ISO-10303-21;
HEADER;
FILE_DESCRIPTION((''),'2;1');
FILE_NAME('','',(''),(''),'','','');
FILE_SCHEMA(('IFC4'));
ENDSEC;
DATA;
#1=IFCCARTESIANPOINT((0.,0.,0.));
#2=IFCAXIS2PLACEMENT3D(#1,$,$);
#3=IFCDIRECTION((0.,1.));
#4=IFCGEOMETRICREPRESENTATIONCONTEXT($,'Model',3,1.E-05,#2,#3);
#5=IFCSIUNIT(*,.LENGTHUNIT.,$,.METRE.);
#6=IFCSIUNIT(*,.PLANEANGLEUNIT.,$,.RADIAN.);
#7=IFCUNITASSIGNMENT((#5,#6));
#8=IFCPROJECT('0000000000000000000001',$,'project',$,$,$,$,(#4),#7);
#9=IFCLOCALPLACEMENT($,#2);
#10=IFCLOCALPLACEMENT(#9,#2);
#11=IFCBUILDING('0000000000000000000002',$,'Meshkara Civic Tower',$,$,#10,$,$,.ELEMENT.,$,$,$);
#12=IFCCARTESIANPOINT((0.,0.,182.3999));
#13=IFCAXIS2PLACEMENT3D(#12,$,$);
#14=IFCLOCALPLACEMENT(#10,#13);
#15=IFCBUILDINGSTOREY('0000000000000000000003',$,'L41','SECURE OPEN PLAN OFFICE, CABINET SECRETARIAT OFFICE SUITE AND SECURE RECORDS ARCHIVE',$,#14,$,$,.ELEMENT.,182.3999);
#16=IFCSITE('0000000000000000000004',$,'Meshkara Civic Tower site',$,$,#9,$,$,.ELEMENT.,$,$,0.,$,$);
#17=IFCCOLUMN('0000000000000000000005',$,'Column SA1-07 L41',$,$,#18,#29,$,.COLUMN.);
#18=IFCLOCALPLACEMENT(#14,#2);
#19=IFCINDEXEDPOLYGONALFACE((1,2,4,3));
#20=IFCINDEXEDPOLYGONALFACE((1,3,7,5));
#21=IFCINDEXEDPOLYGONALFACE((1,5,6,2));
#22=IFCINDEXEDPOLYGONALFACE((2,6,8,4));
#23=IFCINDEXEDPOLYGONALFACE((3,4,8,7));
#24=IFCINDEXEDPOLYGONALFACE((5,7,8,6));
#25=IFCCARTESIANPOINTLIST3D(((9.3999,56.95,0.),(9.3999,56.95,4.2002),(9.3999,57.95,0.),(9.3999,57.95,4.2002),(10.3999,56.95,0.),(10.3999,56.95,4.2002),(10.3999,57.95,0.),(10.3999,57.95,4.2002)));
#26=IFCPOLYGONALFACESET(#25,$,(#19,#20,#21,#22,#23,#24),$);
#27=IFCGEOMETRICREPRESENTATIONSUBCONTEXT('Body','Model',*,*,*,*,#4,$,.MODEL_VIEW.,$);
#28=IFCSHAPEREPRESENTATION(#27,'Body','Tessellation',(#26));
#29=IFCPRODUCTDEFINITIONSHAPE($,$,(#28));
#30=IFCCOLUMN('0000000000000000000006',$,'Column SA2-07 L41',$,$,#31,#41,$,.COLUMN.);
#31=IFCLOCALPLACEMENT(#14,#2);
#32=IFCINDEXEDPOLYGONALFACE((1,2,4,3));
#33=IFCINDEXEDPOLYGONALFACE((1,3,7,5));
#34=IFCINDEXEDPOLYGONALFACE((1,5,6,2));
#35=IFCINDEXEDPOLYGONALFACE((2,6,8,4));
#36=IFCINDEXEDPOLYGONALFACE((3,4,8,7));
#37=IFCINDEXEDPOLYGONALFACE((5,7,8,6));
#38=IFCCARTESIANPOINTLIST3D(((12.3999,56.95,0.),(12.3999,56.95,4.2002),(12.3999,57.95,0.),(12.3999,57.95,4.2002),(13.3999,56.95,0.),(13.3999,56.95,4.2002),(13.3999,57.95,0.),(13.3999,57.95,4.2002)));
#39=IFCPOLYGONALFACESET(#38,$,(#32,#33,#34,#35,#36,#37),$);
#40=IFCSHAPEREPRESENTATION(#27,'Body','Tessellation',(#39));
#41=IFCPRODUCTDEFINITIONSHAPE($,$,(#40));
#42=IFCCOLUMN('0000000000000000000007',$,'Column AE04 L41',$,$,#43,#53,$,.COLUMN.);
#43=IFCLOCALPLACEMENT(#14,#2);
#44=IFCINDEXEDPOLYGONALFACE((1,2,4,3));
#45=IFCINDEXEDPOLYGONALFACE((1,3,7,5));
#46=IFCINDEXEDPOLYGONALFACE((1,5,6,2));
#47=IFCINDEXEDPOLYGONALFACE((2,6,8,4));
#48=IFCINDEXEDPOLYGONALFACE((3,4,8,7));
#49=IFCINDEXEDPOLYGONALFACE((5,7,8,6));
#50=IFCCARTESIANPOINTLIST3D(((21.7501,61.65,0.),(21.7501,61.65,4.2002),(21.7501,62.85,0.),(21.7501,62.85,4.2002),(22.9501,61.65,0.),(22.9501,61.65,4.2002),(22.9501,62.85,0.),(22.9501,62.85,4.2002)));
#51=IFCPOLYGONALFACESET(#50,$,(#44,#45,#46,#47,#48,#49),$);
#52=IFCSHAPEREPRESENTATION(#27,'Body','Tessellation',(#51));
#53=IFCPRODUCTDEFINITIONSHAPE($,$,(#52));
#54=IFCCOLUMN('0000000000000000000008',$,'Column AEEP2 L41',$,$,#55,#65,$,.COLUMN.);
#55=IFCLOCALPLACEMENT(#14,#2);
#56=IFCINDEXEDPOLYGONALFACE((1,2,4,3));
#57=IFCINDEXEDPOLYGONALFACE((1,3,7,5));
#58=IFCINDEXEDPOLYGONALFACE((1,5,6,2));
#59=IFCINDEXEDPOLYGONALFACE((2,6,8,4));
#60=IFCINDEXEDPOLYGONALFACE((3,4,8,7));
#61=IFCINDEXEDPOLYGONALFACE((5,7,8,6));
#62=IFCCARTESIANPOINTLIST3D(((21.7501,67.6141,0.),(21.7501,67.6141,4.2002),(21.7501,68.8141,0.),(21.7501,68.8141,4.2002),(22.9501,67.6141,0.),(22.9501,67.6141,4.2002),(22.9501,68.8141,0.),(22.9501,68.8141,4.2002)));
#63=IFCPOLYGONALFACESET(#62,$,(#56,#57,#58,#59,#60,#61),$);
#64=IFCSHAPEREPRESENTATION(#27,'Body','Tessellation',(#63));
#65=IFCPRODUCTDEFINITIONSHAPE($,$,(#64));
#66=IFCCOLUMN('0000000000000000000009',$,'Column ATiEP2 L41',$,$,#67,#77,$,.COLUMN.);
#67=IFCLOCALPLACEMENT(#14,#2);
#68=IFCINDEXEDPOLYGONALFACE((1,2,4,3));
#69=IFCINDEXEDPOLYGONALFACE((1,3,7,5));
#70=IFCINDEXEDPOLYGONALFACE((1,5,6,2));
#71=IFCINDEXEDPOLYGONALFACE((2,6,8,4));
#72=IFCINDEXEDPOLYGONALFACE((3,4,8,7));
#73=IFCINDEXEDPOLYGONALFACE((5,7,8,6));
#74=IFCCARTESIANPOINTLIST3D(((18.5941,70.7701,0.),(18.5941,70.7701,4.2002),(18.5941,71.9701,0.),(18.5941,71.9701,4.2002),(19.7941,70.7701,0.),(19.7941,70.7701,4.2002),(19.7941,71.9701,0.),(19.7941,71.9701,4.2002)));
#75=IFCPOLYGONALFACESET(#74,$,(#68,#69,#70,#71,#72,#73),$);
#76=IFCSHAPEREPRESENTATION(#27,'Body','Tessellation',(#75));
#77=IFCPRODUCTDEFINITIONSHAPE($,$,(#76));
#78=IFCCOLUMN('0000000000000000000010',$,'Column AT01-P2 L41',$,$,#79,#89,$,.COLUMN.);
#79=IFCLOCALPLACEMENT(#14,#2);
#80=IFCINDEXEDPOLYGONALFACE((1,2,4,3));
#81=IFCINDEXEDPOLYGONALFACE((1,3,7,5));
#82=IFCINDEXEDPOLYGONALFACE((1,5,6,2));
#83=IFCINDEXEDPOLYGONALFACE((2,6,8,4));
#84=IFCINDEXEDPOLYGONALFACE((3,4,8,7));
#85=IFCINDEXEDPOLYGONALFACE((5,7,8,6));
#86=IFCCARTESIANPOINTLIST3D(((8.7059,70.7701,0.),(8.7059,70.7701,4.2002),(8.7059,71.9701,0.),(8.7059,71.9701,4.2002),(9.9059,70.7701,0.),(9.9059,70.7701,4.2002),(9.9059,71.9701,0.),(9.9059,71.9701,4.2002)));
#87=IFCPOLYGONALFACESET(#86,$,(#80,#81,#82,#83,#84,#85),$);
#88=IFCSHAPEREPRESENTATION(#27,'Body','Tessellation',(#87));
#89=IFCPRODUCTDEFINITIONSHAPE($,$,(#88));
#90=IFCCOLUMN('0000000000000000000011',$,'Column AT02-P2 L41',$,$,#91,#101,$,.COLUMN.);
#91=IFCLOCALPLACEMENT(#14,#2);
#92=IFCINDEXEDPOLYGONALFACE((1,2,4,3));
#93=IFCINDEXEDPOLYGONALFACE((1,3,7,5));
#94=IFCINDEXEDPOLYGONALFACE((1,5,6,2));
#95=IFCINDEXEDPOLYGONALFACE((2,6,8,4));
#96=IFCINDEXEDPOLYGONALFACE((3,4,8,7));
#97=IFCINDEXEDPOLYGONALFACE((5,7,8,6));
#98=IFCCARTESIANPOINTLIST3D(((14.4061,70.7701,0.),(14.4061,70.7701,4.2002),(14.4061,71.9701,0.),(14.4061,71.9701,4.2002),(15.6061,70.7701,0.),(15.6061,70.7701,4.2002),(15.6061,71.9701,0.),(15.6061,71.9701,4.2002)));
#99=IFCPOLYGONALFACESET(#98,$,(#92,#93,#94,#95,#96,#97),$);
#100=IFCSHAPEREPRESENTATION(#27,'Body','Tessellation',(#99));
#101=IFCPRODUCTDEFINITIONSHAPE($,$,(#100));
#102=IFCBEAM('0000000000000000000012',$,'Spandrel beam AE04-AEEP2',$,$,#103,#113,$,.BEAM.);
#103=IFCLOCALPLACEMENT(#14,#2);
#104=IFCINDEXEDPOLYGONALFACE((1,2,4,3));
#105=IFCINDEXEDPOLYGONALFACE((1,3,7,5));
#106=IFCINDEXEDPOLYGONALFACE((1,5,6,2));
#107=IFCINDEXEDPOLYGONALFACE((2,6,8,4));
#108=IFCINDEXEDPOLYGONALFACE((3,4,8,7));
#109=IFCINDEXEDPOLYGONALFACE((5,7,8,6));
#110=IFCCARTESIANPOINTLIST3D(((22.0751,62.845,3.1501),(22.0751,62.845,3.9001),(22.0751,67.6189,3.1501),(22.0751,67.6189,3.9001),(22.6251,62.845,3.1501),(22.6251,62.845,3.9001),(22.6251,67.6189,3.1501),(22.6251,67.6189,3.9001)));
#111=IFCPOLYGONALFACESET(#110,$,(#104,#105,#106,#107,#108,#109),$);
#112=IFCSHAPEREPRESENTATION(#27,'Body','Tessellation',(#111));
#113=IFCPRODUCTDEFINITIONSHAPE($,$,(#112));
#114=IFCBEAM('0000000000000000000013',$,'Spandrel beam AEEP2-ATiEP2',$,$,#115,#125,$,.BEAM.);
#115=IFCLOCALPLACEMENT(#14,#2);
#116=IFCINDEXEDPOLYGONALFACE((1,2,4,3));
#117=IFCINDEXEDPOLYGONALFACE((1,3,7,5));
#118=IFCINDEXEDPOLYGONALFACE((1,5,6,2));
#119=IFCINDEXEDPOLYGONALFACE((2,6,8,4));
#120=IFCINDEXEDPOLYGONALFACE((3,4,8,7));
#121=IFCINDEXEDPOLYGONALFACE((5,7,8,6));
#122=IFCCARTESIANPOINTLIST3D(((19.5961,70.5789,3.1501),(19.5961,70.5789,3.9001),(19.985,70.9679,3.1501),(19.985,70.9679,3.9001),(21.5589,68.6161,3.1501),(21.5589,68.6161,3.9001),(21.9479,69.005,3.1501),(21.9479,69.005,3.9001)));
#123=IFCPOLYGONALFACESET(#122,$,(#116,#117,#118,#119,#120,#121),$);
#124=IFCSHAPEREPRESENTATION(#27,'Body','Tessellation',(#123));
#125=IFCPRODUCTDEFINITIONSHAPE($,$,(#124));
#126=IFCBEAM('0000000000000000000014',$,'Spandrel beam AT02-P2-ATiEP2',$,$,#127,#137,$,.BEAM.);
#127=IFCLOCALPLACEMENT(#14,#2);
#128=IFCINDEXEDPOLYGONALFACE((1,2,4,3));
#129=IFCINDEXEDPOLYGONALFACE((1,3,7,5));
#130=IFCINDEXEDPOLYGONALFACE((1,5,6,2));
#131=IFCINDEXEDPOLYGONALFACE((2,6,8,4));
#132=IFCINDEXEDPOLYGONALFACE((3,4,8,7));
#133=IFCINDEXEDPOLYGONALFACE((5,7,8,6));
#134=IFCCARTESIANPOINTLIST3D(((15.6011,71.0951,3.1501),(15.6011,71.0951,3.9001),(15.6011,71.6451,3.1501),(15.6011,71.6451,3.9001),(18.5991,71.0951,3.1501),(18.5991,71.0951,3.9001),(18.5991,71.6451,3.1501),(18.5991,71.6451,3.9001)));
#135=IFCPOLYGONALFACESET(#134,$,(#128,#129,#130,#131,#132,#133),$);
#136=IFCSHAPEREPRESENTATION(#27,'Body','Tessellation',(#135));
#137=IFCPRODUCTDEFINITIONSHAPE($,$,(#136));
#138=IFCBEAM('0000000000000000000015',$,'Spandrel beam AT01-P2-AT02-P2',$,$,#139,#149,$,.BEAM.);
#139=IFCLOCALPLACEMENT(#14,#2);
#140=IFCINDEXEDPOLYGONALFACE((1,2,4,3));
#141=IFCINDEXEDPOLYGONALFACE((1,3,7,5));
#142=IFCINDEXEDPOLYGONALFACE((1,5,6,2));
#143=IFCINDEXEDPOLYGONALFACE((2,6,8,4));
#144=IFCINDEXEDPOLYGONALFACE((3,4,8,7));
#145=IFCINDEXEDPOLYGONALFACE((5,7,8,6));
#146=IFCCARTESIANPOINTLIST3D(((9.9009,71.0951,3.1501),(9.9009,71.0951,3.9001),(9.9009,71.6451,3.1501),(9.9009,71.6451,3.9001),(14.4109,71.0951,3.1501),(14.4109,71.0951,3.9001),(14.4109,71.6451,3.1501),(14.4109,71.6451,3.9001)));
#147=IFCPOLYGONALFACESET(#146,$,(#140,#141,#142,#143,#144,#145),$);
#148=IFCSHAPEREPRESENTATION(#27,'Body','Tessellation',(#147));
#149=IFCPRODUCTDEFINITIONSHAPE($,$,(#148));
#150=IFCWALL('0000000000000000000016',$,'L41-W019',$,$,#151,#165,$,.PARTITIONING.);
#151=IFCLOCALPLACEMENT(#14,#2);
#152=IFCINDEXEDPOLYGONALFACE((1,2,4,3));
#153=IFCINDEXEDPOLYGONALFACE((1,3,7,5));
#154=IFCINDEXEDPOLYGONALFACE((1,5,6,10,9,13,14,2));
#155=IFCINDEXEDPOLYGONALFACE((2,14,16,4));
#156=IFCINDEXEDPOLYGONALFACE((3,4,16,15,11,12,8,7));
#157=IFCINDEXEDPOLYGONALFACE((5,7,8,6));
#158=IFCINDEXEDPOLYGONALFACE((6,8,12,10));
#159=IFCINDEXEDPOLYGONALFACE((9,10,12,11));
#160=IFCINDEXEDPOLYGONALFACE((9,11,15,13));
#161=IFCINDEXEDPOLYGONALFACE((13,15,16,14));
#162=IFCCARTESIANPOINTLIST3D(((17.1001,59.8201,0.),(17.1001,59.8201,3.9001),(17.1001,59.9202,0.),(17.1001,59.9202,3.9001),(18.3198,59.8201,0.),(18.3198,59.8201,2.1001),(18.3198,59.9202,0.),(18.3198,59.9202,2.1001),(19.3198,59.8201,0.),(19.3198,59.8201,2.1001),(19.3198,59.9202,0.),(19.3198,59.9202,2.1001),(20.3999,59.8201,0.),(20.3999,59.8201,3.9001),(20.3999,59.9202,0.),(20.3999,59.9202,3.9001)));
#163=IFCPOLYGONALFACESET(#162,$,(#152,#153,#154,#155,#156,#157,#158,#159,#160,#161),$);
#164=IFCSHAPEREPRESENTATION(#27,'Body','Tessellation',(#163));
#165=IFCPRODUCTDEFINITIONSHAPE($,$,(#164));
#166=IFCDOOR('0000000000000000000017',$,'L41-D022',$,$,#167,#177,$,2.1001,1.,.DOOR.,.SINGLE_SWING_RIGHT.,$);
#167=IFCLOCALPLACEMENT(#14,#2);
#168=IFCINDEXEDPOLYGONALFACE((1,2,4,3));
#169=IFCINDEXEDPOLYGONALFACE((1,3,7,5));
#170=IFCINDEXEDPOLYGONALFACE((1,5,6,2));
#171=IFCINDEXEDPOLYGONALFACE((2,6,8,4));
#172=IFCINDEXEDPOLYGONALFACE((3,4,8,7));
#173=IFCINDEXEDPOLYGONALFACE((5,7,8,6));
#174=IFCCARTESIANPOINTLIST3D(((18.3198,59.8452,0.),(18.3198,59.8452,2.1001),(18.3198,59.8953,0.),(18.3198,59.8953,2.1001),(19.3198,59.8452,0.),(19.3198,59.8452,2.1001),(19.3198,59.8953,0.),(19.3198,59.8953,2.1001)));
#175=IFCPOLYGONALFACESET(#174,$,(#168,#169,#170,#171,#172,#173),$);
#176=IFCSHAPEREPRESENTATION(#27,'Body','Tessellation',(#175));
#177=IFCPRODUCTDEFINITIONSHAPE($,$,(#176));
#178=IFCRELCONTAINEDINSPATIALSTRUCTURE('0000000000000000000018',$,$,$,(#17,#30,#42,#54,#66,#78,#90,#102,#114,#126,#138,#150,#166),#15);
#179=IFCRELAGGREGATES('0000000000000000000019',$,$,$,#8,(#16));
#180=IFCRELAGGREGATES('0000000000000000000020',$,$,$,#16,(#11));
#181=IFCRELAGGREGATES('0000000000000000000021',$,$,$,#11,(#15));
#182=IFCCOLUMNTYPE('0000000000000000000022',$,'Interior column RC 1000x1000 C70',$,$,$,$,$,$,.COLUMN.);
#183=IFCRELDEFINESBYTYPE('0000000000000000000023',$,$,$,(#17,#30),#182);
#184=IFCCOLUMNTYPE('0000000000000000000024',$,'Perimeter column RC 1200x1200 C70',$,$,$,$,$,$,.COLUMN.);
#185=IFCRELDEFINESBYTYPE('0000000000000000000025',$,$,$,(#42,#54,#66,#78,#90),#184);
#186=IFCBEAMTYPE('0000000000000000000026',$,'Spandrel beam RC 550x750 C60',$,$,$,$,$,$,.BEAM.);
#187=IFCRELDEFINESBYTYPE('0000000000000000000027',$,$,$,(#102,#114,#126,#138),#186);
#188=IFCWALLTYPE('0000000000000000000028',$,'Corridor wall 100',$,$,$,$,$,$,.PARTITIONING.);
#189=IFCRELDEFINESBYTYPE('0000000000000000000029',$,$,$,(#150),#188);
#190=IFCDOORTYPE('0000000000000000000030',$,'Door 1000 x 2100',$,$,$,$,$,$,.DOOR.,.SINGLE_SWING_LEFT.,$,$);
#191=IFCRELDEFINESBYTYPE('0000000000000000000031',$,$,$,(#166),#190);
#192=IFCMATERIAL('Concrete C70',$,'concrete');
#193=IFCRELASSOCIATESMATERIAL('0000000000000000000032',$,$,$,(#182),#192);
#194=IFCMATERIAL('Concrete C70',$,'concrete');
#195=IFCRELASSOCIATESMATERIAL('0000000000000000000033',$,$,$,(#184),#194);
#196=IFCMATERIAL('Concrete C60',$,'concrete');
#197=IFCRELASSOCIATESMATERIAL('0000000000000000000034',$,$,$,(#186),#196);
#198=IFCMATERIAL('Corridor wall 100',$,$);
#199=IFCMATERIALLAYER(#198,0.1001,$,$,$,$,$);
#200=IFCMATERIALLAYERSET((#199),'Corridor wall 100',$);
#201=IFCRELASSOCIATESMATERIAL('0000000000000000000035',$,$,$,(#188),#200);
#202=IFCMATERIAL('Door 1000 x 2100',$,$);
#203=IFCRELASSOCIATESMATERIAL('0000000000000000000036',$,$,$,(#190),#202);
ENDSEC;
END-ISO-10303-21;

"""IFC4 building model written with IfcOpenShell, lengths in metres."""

from ifc_helpers import new_model, si_unit, direction, frame, frame_2d, origin, origin_2d, place, context, subcontext, project, spatial, rectangle, extrude, material, layer, layer_set, material_profile, profile_set, type_object, element, fill, save


model = new_model("IFC4")

# Units and contexts
model_context = context("Model", 3, precision=1e-05, world=origin(), true_north=direction((0.0, 1.0)))
body_context = subcontext(model_context, "Body", "Model", "MODEL_VIEW")
ifc_project = project(units=[si_unit("LENGTHUNIT", "METRE"), si_unit("PLANEANGLEUNIT", "RADIAN")], contexts=[model_context])

# Site, building, storey
site_placement = place(None, origin())
site = spatial("IfcSite", under=ifc_project, at=site_placement, Name="Meshkara Civic Tower site", CompositionType="ELEMENT", RefElevation=0.0)
building_placement = place(site_placement, origin())
building = spatial("IfcBuilding", under=site, at=building_placement, Name="Meshkara Civic Tower", CompositionType="ELEMENT")
storey_placement = place(building_placement, frame((0.0, 0.0, 182.3999)))
storey = spatial("IfcBuildingStorey", under=building, at=storey_placement, Name="L41", Description="SECURE OPEN PLAN OFFICE, CABINET SECRETARIAT OFFICE SUITE AND SECURE RECORDS ARCHIVE", CompositionType="ELEMENT", Elevation=182.3999)

# Columns
ifc_material_1 = material(Name="Concrete C70", Category="concrete")
ifc_material_profile_1 = material_profile(ifc_material_1, rectangle(XDim=1.0, YDim=1.0, at=origin_2d()))
ifc_profile_set_1 = profile_set([ifc_material_profile_1], Name="Concrete C70")
column_type_1 = type_object("IfcColumnType", Name="Interior column RC 1000x1000 C70", PredefinedType="COLUMN", material=ifc_profile_set_1)
for number, where, z_axis, x_axis, name in (
    (1, (9.8999, 57.45, 0.0), (0.0, 0.0, 1.0), (1.0, 0.0, 0.0), "Column SA1-07 L41"),
    (2, (12.8999, 57.45, 0.0), (0.0, 0.0, 1.0), (1.0, 0.0, 0.0), "Column SA2-07 L41"),
):
    element("IfcColumn", number, at=place(storey_placement, frame(where, z_axis=z_axis, x_axis=x_axis)), inside=storey, type_object=column_type_1, Name=name, PredefinedType="COLUMN", context=body_context, shape_type="SweptSolid", body=[
        extrude(rectangle(XDim=1.0, YDim=1.0, at=origin_2d()), origin(), (0.0, 0.0, 1.0), 4.2002),
    ])
ifc_material_2 = material(Name="Concrete C70", Category="concrete")
ifc_material_profile_2 = material_profile(ifc_material_2, rectangle(XDim=1.2, YDim=1.2, at=origin_2d()))
ifc_profile_set_2 = profile_set([ifc_material_profile_2], Name="Concrete C70")
column_type_2 = type_object("IfcColumnType", Name="Perimeter column RC 1200x1200 C70", PredefinedType="COLUMN", material=ifc_profile_set_2)
for number, where, z_axis, x_axis, name in (
    (3, (22.3501, 62.25, 0.0), (0.0, 0.0, 1.0), (1.0, 0.0, 0.0), "Column AE04 L41"),
    (4, (22.3501, 68.2141, 0.0), (0.0, 0.0, 1.0), (1.0, 0.0, 0.0), "Column AEEP2 L41"),
    (5, (19.1941, 71.3701, 0.0), (0.0, 0.0, 1.0), (1.0, 0.0, 0.0), "Column ATiEP2 L41"),
    (6, (9.3059, 71.3701, 0.0), (0.0, 0.0, 1.0), (1.0, 0.0, 0.0), "Column AT01-P2 L41"),
    (7, (15.0061, 71.3701, 0.0), (0.0, 0.0, 1.0), (1.0, 0.0, 0.0), "Column AT02-P2 L41"),
):
    element("IfcColumn", number, at=place(storey_placement, frame(where, z_axis=z_axis, x_axis=x_axis)), inside=storey, type_object=column_type_2, Name=name, PredefinedType="COLUMN", context=body_context, shape_type="SweptSolid", body=[
        extrude(rectangle(XDim=1.2, YDim=1.2, at=origin_2d()), origin(), (0.0, 0.0, 1.0), 4.2002),
    ])

# Beams
ifc_material_3 = material(Name="Concrete C60", Category="concrete")
ifc_material_profile_3 = material_profile(ifc_material_3, rectangle(XDim=0.55, YDim=0.75, at=origin_2d()))
ifc_profile_set_3 = profile_set([ifc_material_profile_3], Name="Concrete C60")
beam_type = type_object("IfcBeamType", Name="Spandrel beam RC 550x750 C60", PredefinedType="BEAM", material=ifc_profile_set_3)
beam_1_placement = place(storey_placement, frame((22.3501, 62.845, 3.5251), z_axis=(0.0, 1.0, 0.0), x_axis=(-1.0, 0.0, 0.0)))
element("IfcBeam", 8, at=beam_1_placement, inside=storey, type_object=beam_type, Name="Spandrel beam AE04-AEEP2", PredefinedType="BEAM", context=body_context, shape_type="SweptSolid", body=[
    extrude(rectangle(XDim=0.55, YDim=0.75, at=origin_2d()), origin(), (0.0, 0.0, 1.0), 4.7739),
])
beam_2_placement = place(storey_placement, frame((21.7534, 68.8105, 3.5251), z_axis=(-0.707107, 0.707107, 0.0), x_axis=(-0.707107, -0.707107, 0.0)))
element("IfcBeam", 9, at=beam_2_placement, inside=storey, type_object=beam_type, Name="Spandrel beam AEEP2-ATiEP2", PredefinedType="BEAM", context=body_context, shape_type="SweptSolid", body=[
    extrude(rectangle(XDim=0.55, YDim=0.75, at=origin_2d()), origin(), (0.0, 0.0, 1.0), 2.7759),
])
beam_3_placement = place(storey_placement, frame((18.5991, 71.3701, 3.5251), z_axis=(-1.0, 0.0, 0.0), x_axis=(0.0, -1.0, 0.0)))
element("IfcBeam", 10, at=beam_3_placement, inside=storey, type_object=beam_type, Name="Spandrel beam AT02-P2-ATiEP2", PredefinedType="BEAM", context=body_context, shape_type="SweptSolid", body=[
    extrude(rectangle(XDim=0.55, YDim=0.75, at=origin_2d()), origin(), (0.0, 0.0, 1.0), 2.998),
])
beam_4_placement = place(storey_placement, frame((14.4109, 71.3701, 3.5251), z_axis=(-1.0, 0.0, 0.0), x_axis=(0.0, -1.0, 0.0)))
element("IfcBeam", 11, at=beam_4_placement, inside=storey, type_object=beam_type, Name="Spandrel beam AT01-P2-AT02-P2", PredefinedType="BEAM", context=body_context, shape_type="SweptSolid", body=[
    extrude(rectangle(XDim=0.55, YDim=0.75, at=origin_2d()), origin(), (0.0, 0.0, 1.0), 4.51),
])

# Wall, opening, door
ifc_material_4 = material(Name="Corridor wall 100")
ifc_layer_1 = layer(ifc_material_4, 0.1001)
ifc_layer_set_1 = layer_set([ifc_layer_1], Name="Corridor wall 100")
wall_type_1 = type_object("IfcWallType", Name="Corridor wall 100", PredefinedType="PARTITIONING", material=ifc_layer_set_1)
wall_1_placement = place(storey_placement, frame((20.3999, 59.8701, 0.0), z_axis=(0.0, 0.0, 1.0), x_axis=(-1.0, 0.0, 0.0)))
wall_1 = element("IfcWall", 12, at=wall_1_placement, inside=storey, type_object=wall_type_1, Name="L41-W019", PredefinedType="PARTITIONING", context=body_context, shape_type="SweptSolid", body=[
    extrude(rectangle(XDim=3.2998, YDim=0.1001, at=frame_2d((1.6499, 0.0))), origin(), (0.0, 0.0, 1.0), 3.9001),
])
opening_1_placement = place(wall_1_placement, frame((1.0801, 0.0, 0.0)))
opening_1 = element("IfcOpeningElement", 13, at=opening_1_placement, cuts=wall_1, PredefinedType="OPENING", context=body_context, shape_type="SweptSolid", body=[
    extrude(rectangle(XDim=1.0, YDim=2.1001, at=frame_2d((0.5, 1.05))), frame((0.0, 0.0601, 0.0), z_axis=(0.0, -1.0, 0.0), x_axis=(1.0, 0.0, 0.0)), (0.0, 0.0, 1.0), 0.1201),
])
ifc_material_5 = material(Name="Door 1000 x 2100")
door_type_1 = type_object("IfcDoorType", Name="Door 1000 x 2100", OperationType="SINGLE_SWING_LEFT", PredefinedType="DOOR", material=ifc_material_5)
door_1_placement = place(opening_1_placement, origin())
door_1 = element("IfcDoor", 14, at=door_1_placement, inside=storey, type_object=door_type_1, Name="L41-D022", OperationType="SINGLE_SWING_RIGHT", OverallHeight=2.1001, OverallWidth=1.0, PredefinedType="DOOR", context=body_context, shape_type="SweptSolid", body=[
    extrude(rectangle(XDim=1.0, YDim=2.1001, at=frame_2d((0.5, 1.05))), frame((0.0, 0.0249, 0.0), z_axis=(0.0, -1.0, 0.0), x_axis=(1.0, 0.0, 0.0)), (0.0, 0.0, 1.0), 0.05),
])
fill(opening_1, door_1)

save(model, "model.ifc")
